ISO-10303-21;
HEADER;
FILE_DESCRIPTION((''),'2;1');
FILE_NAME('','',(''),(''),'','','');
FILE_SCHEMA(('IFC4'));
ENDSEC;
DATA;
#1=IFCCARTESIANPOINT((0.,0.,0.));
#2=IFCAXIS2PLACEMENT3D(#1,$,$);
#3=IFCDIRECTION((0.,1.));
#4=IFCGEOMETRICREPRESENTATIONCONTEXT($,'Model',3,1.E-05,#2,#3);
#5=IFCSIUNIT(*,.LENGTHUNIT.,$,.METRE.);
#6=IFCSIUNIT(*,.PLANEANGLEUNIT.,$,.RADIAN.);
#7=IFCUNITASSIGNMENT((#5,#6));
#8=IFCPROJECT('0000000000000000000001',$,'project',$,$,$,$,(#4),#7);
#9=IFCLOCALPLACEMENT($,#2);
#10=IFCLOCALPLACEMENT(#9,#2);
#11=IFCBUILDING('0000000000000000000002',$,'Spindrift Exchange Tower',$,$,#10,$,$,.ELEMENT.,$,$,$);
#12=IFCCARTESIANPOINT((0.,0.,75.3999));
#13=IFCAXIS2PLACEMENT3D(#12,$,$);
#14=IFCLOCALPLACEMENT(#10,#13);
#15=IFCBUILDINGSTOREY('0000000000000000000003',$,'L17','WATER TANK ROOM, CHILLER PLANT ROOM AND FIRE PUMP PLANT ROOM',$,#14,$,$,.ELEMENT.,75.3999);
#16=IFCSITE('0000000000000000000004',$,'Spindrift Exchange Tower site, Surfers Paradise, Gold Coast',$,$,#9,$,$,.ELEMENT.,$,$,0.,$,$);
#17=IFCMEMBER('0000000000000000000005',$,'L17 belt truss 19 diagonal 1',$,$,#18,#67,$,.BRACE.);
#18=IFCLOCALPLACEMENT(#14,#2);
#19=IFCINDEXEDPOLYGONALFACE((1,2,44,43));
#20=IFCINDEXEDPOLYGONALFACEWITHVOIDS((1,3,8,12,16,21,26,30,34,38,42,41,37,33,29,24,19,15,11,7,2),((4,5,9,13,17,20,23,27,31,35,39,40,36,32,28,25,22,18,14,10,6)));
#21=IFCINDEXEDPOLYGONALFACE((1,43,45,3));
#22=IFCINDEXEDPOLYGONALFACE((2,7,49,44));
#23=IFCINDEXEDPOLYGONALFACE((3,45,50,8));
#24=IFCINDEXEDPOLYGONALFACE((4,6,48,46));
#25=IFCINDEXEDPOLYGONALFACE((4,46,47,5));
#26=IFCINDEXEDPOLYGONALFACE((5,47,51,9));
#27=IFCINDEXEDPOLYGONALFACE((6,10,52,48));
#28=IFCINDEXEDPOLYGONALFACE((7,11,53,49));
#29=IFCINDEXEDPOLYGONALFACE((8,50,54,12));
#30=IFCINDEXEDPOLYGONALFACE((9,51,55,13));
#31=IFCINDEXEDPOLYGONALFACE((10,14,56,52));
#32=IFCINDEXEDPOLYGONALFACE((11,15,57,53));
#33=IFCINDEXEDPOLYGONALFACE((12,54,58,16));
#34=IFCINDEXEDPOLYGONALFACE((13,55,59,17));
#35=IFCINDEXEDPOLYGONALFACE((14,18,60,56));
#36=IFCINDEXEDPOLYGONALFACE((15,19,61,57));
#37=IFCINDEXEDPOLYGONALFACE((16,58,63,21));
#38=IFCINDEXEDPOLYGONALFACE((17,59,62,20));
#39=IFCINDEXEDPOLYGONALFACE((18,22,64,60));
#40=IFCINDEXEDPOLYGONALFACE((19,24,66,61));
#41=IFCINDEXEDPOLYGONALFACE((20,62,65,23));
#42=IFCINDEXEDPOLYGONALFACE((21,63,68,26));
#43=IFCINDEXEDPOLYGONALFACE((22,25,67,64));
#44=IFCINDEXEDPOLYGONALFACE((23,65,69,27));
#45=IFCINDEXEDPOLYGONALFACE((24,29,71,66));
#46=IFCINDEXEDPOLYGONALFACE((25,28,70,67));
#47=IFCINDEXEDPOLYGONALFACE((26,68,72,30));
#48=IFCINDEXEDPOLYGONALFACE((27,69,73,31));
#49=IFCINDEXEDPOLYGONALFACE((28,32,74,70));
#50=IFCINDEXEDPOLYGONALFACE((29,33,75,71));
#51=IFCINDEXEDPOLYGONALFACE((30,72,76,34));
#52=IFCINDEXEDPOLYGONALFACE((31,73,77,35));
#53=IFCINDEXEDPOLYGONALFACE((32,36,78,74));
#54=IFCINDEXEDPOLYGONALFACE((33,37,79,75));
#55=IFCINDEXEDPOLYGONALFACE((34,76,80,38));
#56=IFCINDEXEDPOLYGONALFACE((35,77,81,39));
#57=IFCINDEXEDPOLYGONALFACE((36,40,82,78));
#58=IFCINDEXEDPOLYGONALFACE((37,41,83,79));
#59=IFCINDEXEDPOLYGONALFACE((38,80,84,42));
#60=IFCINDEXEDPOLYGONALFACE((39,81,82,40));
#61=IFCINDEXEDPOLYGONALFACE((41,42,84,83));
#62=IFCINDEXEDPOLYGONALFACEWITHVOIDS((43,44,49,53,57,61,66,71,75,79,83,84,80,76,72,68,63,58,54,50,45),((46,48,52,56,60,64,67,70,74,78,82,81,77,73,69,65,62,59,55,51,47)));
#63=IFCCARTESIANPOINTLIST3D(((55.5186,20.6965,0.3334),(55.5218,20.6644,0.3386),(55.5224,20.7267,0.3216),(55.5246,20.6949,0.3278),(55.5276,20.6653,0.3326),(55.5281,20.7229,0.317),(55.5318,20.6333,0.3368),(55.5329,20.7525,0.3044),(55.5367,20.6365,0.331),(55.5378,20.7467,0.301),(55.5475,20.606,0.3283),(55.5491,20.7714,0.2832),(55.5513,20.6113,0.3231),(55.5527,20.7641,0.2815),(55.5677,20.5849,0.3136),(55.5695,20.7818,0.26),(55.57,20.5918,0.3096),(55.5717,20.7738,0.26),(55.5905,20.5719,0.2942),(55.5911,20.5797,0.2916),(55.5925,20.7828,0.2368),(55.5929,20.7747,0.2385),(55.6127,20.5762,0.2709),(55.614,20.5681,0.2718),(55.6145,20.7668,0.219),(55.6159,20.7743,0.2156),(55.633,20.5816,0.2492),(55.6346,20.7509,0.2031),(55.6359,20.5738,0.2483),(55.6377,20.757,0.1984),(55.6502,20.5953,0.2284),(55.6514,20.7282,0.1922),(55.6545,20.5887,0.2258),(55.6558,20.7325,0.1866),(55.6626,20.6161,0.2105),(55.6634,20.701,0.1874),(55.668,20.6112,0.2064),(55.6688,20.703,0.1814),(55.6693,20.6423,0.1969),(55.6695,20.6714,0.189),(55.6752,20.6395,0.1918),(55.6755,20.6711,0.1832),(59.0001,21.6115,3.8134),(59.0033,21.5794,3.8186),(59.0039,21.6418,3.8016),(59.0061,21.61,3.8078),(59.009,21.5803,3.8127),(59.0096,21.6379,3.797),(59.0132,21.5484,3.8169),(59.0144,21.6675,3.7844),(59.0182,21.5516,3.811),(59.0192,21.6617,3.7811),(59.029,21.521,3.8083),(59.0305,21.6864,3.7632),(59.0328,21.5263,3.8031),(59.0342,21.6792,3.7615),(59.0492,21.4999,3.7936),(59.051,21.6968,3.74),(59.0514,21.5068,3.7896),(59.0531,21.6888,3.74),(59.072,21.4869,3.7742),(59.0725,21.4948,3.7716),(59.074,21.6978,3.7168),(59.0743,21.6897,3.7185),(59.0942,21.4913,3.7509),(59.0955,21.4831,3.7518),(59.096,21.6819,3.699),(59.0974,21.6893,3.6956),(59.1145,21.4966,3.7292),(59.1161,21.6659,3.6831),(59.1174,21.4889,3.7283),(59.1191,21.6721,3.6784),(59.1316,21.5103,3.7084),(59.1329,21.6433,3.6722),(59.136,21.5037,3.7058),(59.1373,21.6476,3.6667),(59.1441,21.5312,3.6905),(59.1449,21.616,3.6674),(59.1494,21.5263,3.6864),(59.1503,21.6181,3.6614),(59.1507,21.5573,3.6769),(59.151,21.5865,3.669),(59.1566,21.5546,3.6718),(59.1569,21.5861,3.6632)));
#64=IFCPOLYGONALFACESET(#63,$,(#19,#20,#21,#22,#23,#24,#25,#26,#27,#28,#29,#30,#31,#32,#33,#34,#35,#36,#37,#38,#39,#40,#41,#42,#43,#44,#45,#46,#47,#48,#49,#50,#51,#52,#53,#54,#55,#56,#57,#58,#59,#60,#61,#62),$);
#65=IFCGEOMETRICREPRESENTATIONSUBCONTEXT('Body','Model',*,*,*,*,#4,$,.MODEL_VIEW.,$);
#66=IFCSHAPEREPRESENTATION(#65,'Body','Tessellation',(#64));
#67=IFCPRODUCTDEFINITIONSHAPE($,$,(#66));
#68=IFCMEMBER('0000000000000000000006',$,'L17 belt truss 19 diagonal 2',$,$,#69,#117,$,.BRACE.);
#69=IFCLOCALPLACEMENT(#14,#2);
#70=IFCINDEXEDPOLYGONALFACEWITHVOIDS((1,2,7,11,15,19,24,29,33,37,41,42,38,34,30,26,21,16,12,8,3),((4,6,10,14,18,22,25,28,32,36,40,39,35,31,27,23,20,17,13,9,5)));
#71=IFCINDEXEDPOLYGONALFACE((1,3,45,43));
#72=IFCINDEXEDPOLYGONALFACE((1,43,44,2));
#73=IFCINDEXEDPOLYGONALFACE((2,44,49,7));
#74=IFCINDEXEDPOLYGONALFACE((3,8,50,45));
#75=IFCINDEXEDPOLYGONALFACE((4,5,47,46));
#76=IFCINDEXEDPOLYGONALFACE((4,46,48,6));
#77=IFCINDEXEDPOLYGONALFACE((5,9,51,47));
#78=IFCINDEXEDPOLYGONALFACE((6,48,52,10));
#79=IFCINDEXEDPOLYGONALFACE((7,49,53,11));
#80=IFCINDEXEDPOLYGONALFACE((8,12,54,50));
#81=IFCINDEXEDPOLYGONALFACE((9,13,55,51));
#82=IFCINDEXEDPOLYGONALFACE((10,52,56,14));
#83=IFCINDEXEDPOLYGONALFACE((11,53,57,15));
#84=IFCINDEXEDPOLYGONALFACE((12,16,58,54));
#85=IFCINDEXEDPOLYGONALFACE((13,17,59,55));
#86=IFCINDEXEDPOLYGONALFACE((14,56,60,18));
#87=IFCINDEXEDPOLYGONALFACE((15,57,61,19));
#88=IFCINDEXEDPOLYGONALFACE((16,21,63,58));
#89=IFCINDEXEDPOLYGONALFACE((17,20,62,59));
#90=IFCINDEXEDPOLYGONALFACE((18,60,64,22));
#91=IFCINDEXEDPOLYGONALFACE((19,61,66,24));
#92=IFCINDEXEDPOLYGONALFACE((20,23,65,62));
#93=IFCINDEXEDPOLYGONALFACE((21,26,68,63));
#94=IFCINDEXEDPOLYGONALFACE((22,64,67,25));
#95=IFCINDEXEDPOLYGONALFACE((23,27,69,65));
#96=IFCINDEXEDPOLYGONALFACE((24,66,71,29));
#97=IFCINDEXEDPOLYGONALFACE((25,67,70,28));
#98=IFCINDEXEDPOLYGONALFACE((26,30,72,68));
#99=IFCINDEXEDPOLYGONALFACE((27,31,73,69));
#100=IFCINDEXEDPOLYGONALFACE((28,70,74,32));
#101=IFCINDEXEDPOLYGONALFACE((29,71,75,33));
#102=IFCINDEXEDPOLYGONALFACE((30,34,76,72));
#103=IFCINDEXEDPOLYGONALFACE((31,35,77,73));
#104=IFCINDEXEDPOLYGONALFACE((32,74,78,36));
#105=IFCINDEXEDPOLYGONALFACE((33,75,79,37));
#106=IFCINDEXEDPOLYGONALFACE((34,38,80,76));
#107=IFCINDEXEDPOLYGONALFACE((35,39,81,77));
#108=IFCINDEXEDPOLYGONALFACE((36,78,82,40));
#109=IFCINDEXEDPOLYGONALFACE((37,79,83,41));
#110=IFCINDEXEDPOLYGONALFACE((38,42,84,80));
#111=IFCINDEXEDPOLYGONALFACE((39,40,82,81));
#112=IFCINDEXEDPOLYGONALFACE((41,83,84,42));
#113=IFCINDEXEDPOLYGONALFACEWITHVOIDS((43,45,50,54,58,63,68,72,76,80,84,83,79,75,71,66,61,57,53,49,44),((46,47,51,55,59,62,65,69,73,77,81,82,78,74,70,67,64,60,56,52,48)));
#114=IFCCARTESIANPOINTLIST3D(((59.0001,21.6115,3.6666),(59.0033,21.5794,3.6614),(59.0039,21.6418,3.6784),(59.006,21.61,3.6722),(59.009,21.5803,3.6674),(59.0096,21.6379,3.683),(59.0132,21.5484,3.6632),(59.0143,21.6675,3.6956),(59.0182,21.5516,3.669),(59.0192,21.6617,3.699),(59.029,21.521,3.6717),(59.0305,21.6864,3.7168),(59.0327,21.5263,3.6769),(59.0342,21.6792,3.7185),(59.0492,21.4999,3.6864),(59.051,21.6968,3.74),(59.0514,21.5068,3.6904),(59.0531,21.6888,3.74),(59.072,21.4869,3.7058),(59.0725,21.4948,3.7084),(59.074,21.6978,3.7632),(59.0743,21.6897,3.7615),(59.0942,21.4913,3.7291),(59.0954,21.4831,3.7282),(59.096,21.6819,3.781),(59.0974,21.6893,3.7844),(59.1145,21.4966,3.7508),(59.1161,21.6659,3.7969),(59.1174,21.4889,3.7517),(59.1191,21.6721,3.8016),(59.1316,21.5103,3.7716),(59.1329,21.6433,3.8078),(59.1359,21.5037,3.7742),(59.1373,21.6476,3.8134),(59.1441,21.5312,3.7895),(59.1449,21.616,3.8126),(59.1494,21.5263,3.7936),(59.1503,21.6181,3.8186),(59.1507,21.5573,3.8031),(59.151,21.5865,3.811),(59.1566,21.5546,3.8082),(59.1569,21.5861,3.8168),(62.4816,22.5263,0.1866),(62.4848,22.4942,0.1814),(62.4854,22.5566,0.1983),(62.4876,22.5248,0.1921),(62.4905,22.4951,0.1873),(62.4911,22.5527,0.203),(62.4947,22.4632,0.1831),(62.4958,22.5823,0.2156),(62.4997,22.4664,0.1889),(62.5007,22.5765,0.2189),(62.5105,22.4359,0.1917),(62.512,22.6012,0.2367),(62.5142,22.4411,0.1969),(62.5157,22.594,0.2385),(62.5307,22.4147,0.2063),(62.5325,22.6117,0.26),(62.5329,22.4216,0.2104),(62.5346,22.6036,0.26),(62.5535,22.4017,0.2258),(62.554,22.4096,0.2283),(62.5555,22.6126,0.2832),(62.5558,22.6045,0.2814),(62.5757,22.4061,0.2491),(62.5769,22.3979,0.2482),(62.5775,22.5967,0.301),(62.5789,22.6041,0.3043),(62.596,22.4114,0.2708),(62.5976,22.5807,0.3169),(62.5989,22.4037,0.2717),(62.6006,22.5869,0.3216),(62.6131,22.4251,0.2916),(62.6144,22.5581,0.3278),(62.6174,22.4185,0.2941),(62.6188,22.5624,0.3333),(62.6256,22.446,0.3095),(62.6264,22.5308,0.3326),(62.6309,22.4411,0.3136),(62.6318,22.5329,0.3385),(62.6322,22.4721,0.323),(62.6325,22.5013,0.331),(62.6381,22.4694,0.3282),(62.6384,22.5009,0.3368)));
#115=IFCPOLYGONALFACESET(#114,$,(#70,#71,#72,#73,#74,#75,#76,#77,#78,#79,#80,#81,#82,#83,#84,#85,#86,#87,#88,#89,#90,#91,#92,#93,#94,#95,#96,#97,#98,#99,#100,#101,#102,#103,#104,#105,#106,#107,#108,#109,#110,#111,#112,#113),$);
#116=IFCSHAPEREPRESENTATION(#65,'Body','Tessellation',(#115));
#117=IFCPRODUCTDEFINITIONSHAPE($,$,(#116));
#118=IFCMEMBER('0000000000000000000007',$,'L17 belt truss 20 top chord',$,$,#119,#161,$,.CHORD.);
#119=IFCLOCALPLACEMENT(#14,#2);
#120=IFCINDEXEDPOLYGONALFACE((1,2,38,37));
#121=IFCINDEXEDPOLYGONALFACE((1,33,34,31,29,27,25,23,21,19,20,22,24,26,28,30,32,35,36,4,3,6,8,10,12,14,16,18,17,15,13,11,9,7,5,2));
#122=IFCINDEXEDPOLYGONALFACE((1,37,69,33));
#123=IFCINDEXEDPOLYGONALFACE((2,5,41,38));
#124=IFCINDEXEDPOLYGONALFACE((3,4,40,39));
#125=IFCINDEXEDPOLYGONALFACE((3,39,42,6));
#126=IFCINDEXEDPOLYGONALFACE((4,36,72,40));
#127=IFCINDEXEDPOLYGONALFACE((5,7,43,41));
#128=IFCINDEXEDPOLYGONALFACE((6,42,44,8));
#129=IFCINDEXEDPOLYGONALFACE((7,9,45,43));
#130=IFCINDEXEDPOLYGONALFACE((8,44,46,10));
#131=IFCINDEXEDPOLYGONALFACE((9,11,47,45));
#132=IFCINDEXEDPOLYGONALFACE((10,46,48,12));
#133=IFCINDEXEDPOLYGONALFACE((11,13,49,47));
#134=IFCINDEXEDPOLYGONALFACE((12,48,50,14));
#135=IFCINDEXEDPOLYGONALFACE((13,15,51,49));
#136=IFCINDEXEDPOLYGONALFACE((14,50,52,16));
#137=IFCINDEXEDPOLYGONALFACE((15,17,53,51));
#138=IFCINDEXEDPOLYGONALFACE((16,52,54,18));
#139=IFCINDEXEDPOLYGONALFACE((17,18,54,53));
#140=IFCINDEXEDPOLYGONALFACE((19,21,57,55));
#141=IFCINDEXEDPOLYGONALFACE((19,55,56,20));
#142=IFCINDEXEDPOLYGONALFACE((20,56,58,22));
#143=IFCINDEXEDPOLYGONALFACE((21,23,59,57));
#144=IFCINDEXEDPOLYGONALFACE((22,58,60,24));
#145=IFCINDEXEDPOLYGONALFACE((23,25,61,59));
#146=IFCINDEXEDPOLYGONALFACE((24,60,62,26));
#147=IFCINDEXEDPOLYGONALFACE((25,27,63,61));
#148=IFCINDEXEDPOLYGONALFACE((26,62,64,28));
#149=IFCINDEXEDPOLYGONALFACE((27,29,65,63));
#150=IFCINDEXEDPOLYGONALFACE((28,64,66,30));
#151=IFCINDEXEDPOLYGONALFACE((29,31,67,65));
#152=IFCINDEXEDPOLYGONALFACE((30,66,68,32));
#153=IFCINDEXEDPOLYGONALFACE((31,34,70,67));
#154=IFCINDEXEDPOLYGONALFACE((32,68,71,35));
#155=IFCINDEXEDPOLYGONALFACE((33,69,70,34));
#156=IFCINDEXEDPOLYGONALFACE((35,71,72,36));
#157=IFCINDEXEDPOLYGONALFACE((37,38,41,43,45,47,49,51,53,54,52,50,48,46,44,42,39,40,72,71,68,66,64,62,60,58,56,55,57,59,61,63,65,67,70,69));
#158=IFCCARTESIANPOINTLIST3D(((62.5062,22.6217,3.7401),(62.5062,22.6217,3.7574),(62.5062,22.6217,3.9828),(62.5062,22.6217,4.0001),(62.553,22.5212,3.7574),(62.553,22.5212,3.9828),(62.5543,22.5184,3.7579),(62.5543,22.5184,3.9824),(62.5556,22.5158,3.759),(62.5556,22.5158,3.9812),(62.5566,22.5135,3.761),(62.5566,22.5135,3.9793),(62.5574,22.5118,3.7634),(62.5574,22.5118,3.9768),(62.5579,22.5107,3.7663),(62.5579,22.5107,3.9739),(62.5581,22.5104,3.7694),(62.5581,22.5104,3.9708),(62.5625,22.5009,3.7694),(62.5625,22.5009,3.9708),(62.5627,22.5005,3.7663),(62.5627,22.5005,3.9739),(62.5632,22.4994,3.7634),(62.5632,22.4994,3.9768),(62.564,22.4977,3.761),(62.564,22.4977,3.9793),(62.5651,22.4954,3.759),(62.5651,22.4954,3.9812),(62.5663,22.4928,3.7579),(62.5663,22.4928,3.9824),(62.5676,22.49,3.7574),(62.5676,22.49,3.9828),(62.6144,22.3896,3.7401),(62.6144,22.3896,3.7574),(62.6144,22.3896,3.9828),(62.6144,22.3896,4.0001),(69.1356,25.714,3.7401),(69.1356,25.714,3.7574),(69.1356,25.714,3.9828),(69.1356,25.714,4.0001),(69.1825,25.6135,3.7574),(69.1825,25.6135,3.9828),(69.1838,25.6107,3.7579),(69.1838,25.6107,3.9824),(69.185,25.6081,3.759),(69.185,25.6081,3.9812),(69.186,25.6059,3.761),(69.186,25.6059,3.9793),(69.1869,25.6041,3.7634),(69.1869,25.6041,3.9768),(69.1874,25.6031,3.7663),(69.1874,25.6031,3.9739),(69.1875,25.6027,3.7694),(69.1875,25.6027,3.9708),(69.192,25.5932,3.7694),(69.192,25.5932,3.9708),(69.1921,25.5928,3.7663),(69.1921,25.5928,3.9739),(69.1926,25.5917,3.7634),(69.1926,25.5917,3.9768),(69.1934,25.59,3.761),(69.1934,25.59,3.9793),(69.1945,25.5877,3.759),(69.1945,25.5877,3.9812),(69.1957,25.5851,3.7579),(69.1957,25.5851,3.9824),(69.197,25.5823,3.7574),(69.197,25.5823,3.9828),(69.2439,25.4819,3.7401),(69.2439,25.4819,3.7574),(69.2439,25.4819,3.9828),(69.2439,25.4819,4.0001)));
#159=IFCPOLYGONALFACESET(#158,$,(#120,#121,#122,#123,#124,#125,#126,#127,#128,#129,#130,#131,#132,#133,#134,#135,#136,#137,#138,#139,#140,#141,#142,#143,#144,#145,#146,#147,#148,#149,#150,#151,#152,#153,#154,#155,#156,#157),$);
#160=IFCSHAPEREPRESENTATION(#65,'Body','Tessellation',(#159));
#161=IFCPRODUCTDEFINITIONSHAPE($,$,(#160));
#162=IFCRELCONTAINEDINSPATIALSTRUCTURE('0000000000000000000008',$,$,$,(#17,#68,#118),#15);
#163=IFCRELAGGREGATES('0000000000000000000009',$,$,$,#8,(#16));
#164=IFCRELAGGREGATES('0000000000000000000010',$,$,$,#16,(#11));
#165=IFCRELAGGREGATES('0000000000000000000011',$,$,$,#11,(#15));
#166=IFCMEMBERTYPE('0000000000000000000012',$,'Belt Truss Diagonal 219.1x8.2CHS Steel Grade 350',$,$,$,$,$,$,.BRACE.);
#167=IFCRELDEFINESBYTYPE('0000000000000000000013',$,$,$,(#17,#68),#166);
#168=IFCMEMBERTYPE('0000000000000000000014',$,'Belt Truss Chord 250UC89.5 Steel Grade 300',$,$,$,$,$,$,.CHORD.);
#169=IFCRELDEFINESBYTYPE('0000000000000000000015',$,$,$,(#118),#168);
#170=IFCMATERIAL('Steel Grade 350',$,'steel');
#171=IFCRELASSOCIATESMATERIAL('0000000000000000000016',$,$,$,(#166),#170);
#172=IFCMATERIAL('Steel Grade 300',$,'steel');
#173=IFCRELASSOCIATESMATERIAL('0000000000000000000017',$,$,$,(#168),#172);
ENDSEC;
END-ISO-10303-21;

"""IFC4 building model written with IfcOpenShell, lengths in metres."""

from ifc_helpers import new_model, si_unit, direction, frame, origin, origin_2d, place, context, subcontext, project, spatial, hollow_circle, i_section, extrude, source, transform, mapped, material, material_profile, profile_set, type_object, element, save


model = new_model("IFC4")

# Units and contexts
model_context = context("Model", 3, precision=1e-05, world=origin(), true_north=direction((0.0, 1.0)))
body_context = subcontext(model_context, "Body", "Model", "MODEL_VIEW")
ifc_project = project(units=[si_unit("LENGTHUNIT", "METRE"), si_unit("PLANEANGLEUNIT", "RADIAN")], contexts=[model_context])

# Site, building, storey
site_placement = place(None, origin())
site = spatial("IfcSite", under=ifc_project, at=site_placement, Name="Spindrift Exchange Tower site, Surfers Paradise, Gold Coast", CompositionType="ELEMENT", RefElevation=0.0)
building_placement = place(site_placement, origin())
building = spatial("IfcBuilding", under=site, at=building_placement, Name="Spindrift Exchange Tower", CompositionType="ELEMENT")
storey_placement = place(building_placement, frame((0.0, 0.0, 75.3999)))
storey = spatial("IfcBuildingStorey", under=building, at=storey_placement, Name="L17", Description="WATER TANK ROOM, CHILLER PLANT ROOM AND FIRE PUMP PLANT ROOM", CompositionType="ELEMENT", Elevation=75.3999)

# Shared definitions
ifc_material_1 = material(Name="Steel Grade 300", Category="steel")

# Members
ifc_material_2 = material(Name="Steel Grade 350", Category="steel")
ifc_material_profile_1 = material_profile(ifc_material_2, hollow_circle(Radius=0.1096, WallThickness=0.0083, at=origin_2d()), Name="219.1x8.2CHS")
ifc_profile_set_1 = profile_set([ifc_material_profile_1], Name="Steel Grade 350")
member_type_1 = type_object("IfcMemberType", Name="Belt Truss Diagonal 219.1x8.2CHS Steel Grade 350", PredefinedType="BRACE", material=ifc_profile_set_1)
ifc_material_profile_2 = material_profile(ifc_material_1, i_section(OverallWidth=0.2561, OverallDepth=0.26, WebThickness=0.0105, FlangeThickness=0.0173, FilletRadius=0.012, at=origin_2d()), Name="250UC89.5")
ifc_profile_set_2 = profile_set([ifc_material_profile_2], Name="Steel Grade 300")
member_type_2 = type_object("IfcMemberType", Name="Belt Truss Chord 250UC89.5 Steel Grade 300", PredefinedType="CHORD", material=ifc_profile_set_2)
shared_shape_1 = source(origin(), body_context, "Body", "SweptSolid", [
    extrude(hollow_circle(Radius=0.1096, WallThickness=0.0083, at=origin_2d()), origin(), (0.0, 0.0, 1.0), 5.0068),
])
for number, where, z_axis, x_axis, name in (
    (1, (55.5974, 20.6758, 0.26), (0.695344, 0.182759, 0.695051), (-0.2542, 0.967152, 0.0), "L17 belt truss 19 diagonal 1"),
    (2, (59.0789, 21.5908, 3.74), (0.69535, 0.182712, -0.695057), (-0.254136, 0.967168, 0.0), "L17 belt truss 19 diagonal 2"),
):
    element("IfcMember", number, at=place(storey_placement, frame(where, z_axis=z_axis, x_axis=x_axis)), inside=storey, type_object=member_type_1, Name=name, PredefinedType="BRACE", context=body_context, shape_type="MappedRepresentation", body=[
        mapped(shared_shape_1, transform((0.0, 0.0, 0.0), scale=1.0)),
    ])
shared_shape_2 = source(origin(), body_context, "Body", "SweptSolid", [
    extrude(i_section(OverallWidth=0.2561, OverallDepth=0.26, WebThickness=0.0105, FlangeThickness=0.0173, FilletRadius=0.012, at=origin_2d()), origin(), (0.0, 0.0, 1.0), 7.3152),
])
for number, where, z_axis, x_axis, name in (
    (3, (62.5603, 22.5056, 3.8701), (0.906258, 0.422725, 0.0), (-0.422725, 0.906258, 0.0), "L17 belt truss 20 top chord"),
):
    element("IfcMember", number, at=place(storey_placement, frame(where, z_axis=z_axis, x_axis=x_axis)), inside=storey, type_object=member_type_2, Name=name, PredefinedType="CHORD", context=body_context, shape_type="MappedRepresentation", body=[
        mapped(shared_shape_2, transform((0.0, 0.0, 0.0), scale=1.0)),
    ])

save(model, "model.ifc")
